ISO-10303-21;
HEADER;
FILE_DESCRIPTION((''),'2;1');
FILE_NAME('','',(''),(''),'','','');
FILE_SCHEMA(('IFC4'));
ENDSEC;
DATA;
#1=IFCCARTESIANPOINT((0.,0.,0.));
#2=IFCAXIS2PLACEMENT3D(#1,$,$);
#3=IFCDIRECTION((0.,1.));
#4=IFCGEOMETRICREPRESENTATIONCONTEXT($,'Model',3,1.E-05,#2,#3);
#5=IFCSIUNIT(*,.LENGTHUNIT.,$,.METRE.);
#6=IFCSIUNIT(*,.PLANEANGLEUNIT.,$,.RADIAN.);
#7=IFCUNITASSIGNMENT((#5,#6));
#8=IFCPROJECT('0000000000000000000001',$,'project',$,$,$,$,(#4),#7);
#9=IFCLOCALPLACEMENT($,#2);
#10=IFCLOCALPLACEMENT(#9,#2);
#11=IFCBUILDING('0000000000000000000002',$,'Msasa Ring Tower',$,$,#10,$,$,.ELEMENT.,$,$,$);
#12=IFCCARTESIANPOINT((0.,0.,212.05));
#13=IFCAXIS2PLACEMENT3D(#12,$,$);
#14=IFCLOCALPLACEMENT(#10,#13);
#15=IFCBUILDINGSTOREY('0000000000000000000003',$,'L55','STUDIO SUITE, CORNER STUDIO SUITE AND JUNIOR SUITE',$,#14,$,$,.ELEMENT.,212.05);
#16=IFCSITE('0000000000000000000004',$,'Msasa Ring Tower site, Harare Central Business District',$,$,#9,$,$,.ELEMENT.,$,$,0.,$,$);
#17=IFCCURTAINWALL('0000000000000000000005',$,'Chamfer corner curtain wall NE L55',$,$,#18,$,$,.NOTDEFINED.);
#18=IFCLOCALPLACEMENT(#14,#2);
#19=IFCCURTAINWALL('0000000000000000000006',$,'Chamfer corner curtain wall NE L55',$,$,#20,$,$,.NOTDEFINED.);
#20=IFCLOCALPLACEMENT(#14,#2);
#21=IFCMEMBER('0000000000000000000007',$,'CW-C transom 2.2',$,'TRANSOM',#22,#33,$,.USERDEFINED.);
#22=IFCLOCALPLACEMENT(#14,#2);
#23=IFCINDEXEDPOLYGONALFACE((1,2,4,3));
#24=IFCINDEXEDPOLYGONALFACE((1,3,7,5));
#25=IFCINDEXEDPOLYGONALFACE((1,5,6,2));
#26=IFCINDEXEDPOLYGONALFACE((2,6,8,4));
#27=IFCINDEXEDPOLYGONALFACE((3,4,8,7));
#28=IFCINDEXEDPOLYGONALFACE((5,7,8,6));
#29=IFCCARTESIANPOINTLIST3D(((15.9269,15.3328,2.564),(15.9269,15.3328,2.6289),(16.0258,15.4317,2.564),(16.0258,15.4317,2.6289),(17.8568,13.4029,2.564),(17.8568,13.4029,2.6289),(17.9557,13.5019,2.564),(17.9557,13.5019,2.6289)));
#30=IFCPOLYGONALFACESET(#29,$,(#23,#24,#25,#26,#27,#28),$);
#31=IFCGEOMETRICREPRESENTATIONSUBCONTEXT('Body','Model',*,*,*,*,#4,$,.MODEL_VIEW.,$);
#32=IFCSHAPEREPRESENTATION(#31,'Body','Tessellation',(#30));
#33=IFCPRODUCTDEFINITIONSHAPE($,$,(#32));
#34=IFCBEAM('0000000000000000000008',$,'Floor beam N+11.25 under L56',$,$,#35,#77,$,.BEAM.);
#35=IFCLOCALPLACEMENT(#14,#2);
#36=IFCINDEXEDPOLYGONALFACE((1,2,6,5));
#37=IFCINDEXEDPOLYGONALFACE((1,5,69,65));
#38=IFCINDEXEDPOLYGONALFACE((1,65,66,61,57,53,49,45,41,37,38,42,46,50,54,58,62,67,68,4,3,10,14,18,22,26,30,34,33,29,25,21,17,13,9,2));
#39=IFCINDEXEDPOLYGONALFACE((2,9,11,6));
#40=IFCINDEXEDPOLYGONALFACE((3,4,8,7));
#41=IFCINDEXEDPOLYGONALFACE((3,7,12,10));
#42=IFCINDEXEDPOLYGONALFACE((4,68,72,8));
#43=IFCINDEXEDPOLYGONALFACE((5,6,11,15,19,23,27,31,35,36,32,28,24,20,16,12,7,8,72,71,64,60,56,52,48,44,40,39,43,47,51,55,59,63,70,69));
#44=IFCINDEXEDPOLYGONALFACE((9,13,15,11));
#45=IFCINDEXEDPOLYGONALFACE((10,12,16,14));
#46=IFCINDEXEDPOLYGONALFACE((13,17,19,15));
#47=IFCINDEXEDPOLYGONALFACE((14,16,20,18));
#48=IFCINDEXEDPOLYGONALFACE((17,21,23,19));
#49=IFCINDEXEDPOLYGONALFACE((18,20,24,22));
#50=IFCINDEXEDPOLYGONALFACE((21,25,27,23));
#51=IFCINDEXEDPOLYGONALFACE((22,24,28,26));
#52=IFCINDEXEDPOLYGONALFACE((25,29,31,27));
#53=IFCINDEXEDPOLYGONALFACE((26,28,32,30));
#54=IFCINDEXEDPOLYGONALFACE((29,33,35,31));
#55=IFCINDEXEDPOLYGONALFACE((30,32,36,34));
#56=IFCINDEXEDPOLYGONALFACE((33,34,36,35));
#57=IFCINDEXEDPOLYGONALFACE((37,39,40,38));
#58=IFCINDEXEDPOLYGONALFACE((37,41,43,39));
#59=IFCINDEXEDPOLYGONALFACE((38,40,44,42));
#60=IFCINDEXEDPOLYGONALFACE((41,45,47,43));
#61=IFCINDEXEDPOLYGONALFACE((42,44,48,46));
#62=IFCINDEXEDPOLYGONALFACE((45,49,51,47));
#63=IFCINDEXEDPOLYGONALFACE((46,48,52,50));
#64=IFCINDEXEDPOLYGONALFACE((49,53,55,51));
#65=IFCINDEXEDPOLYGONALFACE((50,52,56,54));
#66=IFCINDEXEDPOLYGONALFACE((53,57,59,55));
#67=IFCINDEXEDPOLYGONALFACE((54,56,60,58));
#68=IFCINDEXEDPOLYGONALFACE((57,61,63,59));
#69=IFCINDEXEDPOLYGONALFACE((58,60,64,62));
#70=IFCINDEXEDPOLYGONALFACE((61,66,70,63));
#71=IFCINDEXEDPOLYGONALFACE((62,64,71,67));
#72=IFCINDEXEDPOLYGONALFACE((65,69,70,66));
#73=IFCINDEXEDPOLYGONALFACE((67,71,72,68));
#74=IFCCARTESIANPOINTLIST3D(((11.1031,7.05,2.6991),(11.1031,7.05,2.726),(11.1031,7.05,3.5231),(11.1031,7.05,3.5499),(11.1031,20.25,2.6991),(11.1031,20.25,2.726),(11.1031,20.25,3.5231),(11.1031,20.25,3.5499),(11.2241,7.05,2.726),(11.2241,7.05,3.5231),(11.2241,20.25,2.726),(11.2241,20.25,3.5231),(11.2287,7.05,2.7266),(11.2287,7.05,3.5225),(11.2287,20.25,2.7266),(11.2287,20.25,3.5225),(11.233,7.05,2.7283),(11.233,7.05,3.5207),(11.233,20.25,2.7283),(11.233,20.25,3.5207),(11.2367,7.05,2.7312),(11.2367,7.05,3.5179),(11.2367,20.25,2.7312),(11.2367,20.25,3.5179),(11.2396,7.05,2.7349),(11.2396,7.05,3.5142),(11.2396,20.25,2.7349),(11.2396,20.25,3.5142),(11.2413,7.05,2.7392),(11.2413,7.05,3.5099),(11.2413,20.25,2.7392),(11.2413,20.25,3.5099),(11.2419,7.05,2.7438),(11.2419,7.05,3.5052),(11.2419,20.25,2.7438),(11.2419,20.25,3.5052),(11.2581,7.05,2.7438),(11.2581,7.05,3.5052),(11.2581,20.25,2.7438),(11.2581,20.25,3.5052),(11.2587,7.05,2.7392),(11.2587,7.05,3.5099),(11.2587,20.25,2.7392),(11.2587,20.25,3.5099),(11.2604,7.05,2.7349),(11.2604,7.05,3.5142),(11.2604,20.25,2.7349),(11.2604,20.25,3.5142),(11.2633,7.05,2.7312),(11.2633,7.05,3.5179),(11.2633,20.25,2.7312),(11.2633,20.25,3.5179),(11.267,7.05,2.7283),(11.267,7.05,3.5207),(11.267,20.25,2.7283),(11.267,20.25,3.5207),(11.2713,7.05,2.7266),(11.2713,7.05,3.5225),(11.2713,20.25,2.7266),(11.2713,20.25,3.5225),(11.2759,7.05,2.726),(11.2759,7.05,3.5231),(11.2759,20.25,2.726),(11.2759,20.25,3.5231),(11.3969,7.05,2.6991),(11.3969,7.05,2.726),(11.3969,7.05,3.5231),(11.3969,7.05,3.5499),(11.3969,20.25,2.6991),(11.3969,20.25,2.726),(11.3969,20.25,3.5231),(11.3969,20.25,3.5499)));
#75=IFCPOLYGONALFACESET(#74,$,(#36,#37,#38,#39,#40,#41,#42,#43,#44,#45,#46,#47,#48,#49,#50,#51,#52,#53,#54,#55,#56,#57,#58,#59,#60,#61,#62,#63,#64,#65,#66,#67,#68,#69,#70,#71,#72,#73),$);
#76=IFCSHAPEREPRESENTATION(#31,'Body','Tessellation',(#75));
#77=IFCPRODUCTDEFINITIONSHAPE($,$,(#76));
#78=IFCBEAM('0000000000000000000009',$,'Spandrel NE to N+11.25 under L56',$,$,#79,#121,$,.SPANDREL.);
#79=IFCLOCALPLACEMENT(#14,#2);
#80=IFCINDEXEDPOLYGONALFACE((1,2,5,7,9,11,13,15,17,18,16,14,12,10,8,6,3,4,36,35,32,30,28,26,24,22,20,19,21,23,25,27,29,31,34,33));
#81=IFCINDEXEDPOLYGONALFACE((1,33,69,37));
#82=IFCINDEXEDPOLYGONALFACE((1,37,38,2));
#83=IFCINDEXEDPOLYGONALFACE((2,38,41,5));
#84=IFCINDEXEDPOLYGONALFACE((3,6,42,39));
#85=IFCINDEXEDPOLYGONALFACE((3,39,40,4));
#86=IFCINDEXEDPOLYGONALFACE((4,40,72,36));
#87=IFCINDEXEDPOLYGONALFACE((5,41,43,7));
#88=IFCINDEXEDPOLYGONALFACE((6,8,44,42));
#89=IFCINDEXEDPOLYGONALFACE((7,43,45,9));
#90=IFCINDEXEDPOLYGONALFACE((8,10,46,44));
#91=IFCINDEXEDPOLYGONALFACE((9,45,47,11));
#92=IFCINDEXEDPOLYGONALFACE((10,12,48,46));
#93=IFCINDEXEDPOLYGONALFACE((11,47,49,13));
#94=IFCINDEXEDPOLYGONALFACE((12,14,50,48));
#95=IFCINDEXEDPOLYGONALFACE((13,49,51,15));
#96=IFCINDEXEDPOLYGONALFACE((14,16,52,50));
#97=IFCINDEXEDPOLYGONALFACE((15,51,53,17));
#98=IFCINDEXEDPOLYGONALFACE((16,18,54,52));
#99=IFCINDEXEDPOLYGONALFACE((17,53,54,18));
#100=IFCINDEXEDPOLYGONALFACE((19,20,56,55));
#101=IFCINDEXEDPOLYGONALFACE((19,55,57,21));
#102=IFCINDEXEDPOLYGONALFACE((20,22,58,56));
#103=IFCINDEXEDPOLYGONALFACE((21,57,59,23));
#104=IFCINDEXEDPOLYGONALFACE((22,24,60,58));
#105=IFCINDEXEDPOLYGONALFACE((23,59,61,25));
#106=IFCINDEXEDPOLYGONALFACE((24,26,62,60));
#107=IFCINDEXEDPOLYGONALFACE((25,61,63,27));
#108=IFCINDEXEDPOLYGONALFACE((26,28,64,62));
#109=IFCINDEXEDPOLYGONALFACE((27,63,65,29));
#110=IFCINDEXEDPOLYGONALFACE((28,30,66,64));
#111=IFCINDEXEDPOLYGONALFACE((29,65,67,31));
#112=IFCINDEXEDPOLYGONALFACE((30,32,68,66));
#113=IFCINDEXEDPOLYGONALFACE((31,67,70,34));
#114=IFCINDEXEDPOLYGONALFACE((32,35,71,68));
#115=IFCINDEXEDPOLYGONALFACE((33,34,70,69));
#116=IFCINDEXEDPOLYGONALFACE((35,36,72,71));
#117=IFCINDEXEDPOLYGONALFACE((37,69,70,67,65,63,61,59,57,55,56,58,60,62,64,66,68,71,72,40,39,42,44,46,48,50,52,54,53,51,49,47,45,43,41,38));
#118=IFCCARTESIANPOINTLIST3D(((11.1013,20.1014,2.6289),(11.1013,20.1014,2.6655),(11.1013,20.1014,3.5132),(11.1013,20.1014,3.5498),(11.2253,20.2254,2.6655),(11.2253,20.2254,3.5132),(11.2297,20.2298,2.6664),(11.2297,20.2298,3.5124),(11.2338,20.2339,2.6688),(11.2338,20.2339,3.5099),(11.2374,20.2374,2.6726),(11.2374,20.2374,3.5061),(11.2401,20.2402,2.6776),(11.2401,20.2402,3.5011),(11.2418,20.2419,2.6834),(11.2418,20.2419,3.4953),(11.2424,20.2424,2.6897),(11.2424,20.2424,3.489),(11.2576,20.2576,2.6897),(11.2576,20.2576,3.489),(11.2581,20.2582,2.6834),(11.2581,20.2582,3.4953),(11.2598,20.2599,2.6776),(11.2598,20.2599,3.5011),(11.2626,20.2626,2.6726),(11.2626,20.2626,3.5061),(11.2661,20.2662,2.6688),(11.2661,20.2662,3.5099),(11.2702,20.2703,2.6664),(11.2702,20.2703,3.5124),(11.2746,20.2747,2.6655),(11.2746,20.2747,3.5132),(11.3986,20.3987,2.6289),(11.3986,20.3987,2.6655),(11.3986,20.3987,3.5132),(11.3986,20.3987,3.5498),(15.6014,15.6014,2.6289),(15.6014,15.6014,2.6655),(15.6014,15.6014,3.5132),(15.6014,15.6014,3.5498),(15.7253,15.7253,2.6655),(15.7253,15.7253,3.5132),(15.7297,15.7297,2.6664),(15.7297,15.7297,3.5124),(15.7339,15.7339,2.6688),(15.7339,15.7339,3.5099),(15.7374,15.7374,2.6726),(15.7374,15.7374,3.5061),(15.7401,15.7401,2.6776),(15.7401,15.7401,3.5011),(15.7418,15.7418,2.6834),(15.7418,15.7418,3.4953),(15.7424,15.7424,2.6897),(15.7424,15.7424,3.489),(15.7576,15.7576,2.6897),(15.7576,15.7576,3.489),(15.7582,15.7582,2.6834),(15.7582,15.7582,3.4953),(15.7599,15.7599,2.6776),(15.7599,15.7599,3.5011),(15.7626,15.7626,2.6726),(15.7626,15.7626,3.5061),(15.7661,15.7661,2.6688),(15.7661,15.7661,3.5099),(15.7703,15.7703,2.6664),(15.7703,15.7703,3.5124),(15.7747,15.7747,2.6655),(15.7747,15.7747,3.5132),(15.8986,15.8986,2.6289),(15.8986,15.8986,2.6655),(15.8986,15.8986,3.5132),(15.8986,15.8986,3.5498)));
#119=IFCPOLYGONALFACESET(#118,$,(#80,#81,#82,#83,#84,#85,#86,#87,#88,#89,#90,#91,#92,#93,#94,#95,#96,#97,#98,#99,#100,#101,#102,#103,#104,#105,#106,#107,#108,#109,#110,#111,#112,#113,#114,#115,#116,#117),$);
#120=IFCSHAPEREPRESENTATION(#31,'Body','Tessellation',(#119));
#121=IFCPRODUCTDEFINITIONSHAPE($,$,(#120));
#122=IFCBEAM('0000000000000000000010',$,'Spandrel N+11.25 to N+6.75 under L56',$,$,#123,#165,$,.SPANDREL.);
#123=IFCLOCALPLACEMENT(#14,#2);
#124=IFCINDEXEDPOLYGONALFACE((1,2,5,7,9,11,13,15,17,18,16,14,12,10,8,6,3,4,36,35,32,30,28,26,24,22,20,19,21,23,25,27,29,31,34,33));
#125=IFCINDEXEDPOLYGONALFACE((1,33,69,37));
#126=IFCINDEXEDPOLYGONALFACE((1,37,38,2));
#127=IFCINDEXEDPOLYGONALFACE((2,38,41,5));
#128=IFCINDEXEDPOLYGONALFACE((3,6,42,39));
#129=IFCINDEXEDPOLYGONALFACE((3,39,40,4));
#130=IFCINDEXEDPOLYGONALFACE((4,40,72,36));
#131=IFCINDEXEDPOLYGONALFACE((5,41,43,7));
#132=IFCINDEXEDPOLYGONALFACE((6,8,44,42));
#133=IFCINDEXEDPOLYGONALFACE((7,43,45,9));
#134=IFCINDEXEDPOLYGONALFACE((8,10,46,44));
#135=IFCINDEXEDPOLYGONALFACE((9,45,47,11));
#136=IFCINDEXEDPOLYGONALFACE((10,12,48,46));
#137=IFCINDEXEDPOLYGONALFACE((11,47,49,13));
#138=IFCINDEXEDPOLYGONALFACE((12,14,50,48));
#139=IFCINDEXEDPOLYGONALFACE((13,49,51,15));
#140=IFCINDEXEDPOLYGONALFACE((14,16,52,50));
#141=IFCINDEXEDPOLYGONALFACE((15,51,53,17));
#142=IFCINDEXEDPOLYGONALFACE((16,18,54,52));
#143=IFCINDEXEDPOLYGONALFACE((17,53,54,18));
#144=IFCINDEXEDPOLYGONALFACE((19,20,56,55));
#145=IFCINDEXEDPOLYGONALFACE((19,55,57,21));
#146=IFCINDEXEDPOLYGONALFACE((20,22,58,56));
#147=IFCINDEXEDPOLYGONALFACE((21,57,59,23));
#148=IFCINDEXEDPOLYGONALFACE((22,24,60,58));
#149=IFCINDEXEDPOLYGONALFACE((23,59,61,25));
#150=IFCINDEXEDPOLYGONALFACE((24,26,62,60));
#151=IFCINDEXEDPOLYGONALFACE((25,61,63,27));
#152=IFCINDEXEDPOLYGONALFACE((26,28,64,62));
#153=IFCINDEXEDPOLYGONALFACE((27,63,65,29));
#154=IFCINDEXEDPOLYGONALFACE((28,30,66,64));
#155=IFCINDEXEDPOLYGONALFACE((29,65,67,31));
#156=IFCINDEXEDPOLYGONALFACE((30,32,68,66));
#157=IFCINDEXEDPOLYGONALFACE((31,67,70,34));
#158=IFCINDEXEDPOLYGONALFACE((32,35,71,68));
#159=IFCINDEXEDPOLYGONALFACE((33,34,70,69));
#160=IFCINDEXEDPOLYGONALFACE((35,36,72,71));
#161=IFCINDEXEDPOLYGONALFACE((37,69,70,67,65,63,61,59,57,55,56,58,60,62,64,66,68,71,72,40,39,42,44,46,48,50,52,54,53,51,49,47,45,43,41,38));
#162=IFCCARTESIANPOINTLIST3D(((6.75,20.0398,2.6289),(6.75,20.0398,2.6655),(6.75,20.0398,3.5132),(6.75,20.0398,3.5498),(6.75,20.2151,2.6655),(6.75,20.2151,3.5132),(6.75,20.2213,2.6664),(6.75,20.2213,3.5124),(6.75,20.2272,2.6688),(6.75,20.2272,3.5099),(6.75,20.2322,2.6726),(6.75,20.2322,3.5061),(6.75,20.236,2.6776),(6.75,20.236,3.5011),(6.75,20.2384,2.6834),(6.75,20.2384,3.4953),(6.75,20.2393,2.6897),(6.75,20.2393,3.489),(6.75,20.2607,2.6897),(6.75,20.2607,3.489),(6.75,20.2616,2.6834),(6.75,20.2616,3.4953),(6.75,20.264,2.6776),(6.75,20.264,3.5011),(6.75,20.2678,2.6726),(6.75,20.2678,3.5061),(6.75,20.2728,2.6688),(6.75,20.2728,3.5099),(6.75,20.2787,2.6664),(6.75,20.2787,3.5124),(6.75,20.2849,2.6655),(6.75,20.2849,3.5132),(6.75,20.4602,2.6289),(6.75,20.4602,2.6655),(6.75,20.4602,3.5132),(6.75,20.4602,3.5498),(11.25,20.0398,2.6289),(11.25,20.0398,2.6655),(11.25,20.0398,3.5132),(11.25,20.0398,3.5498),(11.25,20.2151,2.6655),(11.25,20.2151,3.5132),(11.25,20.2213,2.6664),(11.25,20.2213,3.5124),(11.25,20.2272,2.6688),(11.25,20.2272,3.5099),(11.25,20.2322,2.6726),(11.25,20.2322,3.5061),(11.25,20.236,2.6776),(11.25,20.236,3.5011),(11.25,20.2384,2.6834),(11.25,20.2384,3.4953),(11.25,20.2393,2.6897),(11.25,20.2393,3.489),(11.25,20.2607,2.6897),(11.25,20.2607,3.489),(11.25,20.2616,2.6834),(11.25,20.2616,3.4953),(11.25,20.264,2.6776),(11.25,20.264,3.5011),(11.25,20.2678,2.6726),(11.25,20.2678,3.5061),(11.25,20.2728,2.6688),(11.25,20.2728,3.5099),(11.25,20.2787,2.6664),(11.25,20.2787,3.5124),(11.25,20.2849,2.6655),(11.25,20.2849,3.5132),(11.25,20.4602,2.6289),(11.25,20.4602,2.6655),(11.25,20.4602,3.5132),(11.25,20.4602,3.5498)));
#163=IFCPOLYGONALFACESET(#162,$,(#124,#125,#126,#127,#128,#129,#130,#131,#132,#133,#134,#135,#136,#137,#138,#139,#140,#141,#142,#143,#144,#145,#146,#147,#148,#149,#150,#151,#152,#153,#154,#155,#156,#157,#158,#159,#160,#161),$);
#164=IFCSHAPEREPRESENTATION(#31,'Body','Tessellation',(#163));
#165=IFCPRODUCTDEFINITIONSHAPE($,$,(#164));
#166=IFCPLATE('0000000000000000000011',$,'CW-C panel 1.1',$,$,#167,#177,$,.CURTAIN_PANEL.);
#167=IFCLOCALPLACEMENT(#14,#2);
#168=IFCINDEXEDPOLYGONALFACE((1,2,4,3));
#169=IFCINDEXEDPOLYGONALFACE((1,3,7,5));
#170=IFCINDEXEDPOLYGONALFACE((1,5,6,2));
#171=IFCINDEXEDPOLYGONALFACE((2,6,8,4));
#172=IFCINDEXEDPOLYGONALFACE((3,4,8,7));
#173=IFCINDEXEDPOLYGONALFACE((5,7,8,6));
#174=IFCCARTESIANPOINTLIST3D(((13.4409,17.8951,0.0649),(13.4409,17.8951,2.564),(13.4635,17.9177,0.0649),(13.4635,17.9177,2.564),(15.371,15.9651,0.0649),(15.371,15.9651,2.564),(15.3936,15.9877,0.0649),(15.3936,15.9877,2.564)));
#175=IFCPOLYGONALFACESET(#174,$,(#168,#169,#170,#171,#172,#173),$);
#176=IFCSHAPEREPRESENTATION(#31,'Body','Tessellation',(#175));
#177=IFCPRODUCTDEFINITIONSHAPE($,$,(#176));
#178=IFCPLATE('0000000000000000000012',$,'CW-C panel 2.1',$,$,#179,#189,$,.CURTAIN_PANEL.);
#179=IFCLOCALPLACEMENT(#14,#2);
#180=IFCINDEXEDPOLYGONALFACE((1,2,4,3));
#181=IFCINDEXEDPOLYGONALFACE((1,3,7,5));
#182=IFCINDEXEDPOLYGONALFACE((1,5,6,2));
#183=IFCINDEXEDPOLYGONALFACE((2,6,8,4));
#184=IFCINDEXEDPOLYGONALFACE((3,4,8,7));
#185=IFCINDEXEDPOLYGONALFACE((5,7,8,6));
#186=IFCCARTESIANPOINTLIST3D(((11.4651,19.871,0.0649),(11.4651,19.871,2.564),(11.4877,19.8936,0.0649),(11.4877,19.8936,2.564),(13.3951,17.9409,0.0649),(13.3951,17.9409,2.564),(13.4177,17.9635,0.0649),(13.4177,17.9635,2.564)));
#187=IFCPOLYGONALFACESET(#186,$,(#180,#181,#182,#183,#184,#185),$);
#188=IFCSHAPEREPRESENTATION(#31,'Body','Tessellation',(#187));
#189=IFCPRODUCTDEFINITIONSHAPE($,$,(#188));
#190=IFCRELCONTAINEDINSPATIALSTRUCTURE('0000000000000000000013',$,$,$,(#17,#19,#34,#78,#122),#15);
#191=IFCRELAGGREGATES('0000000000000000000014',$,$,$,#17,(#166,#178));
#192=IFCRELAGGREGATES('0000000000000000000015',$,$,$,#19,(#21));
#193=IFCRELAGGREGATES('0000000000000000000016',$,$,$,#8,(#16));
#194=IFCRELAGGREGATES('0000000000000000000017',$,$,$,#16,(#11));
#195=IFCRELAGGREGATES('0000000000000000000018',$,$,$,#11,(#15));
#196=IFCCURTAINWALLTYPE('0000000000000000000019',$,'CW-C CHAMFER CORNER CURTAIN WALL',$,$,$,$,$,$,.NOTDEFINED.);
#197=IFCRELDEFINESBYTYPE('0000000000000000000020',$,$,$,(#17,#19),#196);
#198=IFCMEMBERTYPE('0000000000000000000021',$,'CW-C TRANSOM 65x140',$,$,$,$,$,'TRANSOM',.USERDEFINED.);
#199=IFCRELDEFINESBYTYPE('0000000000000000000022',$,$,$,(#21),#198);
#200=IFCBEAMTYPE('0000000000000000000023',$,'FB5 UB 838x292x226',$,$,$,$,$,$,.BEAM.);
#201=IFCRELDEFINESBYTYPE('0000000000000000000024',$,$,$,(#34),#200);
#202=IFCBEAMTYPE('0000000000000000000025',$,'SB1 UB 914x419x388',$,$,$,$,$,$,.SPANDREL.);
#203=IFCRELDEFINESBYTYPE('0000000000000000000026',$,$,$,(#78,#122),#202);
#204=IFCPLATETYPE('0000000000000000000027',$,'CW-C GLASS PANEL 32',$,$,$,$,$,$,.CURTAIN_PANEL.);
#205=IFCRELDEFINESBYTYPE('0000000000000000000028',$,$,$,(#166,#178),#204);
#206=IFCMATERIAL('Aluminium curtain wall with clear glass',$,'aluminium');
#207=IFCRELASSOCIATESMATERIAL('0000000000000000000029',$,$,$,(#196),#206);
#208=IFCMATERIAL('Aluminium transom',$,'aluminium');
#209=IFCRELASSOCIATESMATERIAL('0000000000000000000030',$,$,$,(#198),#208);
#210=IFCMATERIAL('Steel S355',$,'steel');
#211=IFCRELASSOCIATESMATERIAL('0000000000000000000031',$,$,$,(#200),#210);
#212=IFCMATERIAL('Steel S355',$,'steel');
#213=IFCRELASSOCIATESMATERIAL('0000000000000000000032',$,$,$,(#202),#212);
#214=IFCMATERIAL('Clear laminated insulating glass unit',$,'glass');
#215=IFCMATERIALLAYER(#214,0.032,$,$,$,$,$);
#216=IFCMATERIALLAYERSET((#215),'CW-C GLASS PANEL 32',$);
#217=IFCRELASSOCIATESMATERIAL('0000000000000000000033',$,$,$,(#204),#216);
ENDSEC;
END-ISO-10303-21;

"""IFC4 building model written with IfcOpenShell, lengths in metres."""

from ifc_helpers import new_model, si_unit, direction, frame, origin, origin_2d, place, context, subcontext, project, spatial, rectangle, i_section, extrude, material, layer, layer_set, material_profile, profile_set, type_object, element, aggregate, save


model = new_model("IFC4")

# Units and contexts
model_context = context("Model", 3, precision=1e-05, world=origin(), true_north=direction((0.0, 1.0)))
body_context = subcontext(model_context, "Body", "Model", "MODEL_VIEW")
ifc_project = project(units=[si_unit("LENGTHUNIT", "METRE"), si_unit("PLANEANGLEUNIT", "RADIAN")], contexts=[model_context])

# Site, building, storey
site_placement = place(None, origin())
site = spatial("IfcSite", under=ifc_project, at=site_placement, Name="Msasa Ring Tower site, Harare Central Business District", CompositionType="ELEMENT", RefElevation=0.0)
building_placement = place(site_placement, origin())
building = spatial("IfcBuilding", under=site, at=building_placement, Name="Msasa Ring Tower", CompositionType="ELEMENT")
storey_placement = place(building_placement, frame((0.0, 0.0, 212.05)))
storey = spatial("IfcBuildingStorey", under=building, at=storey_placement, Name="L55", Description="STUDIO SUITE, CORNER STUDIO SUITE AND JUNIOR SUITE", CompositionType="ELEMENT", Elevation=212.05)

# Curtain walls
ifc_material_1 = material(Name="Aluminium curtain wall with clear glass", Category="aluminium")
curtain_wall_type = type_object("IfcCurtainWallType", Name="CW-C CHAMFER CORNER CURTAIN WALL", PredefinedType="NOTDEFINED", material=ifc_material_1)
curtain_wall_1_placement = place(storey_placement, origin())
curtain_wall_1 = element("IfcCurtainWall", 1, at=curtain_wall_1_placement, inside=storey, type_object=curtain_wall_type, Name="Chamfer corner curtain wall NE L55", PredefinedType="NOTDEFINED")
curtain_wall_2_placement = place(storey_placement, origin())
curtain_wall_2 = element("IfcCurtainWall", 2, at=curtain_wall_2_placement, inside=storey, type_object=curtain_wall_type, Name="Chamfer corner curtain wall NE L55", PredefinedType="NOTDEFINED")

# Member
ifc_material_2 = material(Name="Aluminium transom", Category="aluminium")
ifc_material_profile_1 = material_profile(ifc_material_2, rectangle(XDim=0.1399, YDim=0.0649, at=origin_2d()), Name="AL 65x140")
ifc_profile_set_1 = profile_set([ifc_material_profile_1], Name="Aluminium transom")
member_type_1 = type_object("IfcMemberType", Name="CW-C TRANSOM 65x140", ElementType="TRANSOM", PredefinedType="USERDEFINED", material=ifc_profile_set_1)
member_1_placement = place(storey_placement, frame((17.9062, 13.4524, 2.5964), z_axis=(-0.707107, 0.707107, 0.0), x_axis=(-0.707107, -0.707107, 0.0)))
member_1 = element("IfcMember", 3, at=member_1_placement, type_object=member_type_1, Name="CW-C transom 2.2", ObjectType="TRANSOM", PredefinedType="USERDEFINED", context=body_context, shape_type="SweptSolid", body=[
    extrude(rectangle(XDim=0.1399, YDim=0.0649, at=origin_2d()), origin(), (0.0, 0.0, 1.0), 2.7292),
])

# Beams
ifc_material_3 = material(Name="Steel S355", Category="steel")
ifc_material_profile_2 = material_profile(ifc_material_3, i_section(OverallWidth=0.2937, OverallDepth=0.8508, WebThickness=0.0161, FlangeThickness=0.0269, FilletRadius=0.0178, at=origin_2d()), Name="UB 838x292x226")
ifc_profile_set_2 = profile_set([ifc_material_profile_2], Name="Steel S355")
beam_type_1 = type_object("IfcBeamType", Name="FB5 UB 838x292x226", PredefinedType="BEAM", material=ifc_profile_set_2)
beam_1_placement = place(storey_placement, frame((11.25, 20.25, 3.1245), z_axis=(0.0, -1.0, 0.0), x_axis=(1.0, 0.0, 0.0)))
element("IfcBeam", 4, at=beam_1_placement, inside=storey, type_object=beam_type_1, Name="Floor beam N+11.25 under L56", PredefinedType="BEAM", context=body_context, shape_type="SweptSolid", body=[
    extrude(i_section(OverallWidth=0.2937, OverallDepth=0.8508, WebThickness=0.0161, FlangeThickness=0.0269, FilletRadius=0.0178, at=origin_2d()), origin(), (0.0, 0.0, 1.0), 13.2),
])
ifc_material_4 = material(Name="Steel S355", Category="steel")
ifc_material_profile_3 = material_profile(ifc_material_4, i_section(OverallWidth=0.4204, OverallDepth=0.9209, WebThickness=0.0215, FlangeThickness=0.0366, FilletRadius=0.0242, at=origin_2d()), Name="UB 914x419x388")
ifc_profile_set_3 = profile_set([ifc_material_profile_3], Name="Steel S355")
beam_type_2 = type_object("IfcBeamType", Name="SB1 UB 914x419x388", PredefinedType="SPANDREL", material=ifc_profile_set_3)
beam_2_placement = place(storey_placement, frame((15.75, 15.75, 3.0894), z_axis=(-0.707107, 0.707107, 0.0), x_axis=(-0.707107, -0.707107, 0.0)))
element("IfcBeam", 5, at=beam_2_placement, inside=storey, type_object=beam_type_2, Name="Spandrel NE to N+11.25 under L56", PredefinedType="SPANDREL", context=body_context, shape_type="SweptSolid", body=[
    extrude(i_section(OverallWidth=0.4204, OverallDepth=0.9209, WebThickness=0.0215, FlangeThickness=0.0366, FilletRadius=0.0242, at=origin_2d()), origin(), (0.0, 0.0, 1.0), 6.364),
])
beam_3_placement = place(storey_placement, frame((11.25, 20.25, 3.0894), z_axis=(-1.0, 0.0, 0.0), x_axis=(0.0, -1.0, 0.0)))
element("IfcBeam", 6, at=beam_3_placement, inside=storey, type_object=beam_type_2, Name="Spandrel N+11.25 to N+6.75 under L56", PredefinedType="SPANDREL", context=body_context, shape_type="SweptSolid", body=[
    extrude(i_section(OverallWidth=0.4204, OverallDepth=0.9209, WebThickness=0.0215, FlangeThickness=0.0366, FilletRadius=0.0242, at=origin_2d()), origin(), (0.0, 0.0, 1.0), 4.5),
])

# Plates
ifc_material_5 = material(Name="Clear laminated insulating glass unit", Category="glass")
ifc_layer_1 = layer(ifc_material_5, 0.032)
ifc_layer_set_1 = layer_set([ifc_layer_1], Name="CW-C GLASS PANEL 32")
plate_type = type_object("IfcPlateType", Name="CW-C GLASS PANEL 32", PredefinedType="CURTAIN_PANEL", material=ifc_layer_set_1)
plate_1_placement = place(storey_placement, frame((14.4172, 16.9414, 0.0649), z_axis=(0.0, 0.0, 1.0), x_axis=(-0.707107, 0.707107, 0.0)))
plate_1 = element("IfcPlate", 7, at=plate_1_placement, type_object=plate_type, Name="CW-C panel 1.1", PredefinedType="CURTAIN_PANEL", context=body_context, shape_type="SweptSolid", body=[
    extrude(rectangle(XDim=2.7295, YDim=0.032, at=origin_2d()), origin(), (0.0, 0.0, 1.0), 2.499),
])
plate_2_placement = place(storey_placement, frame((12.4414, 18.9172, 0.0649), z_axis=(0.0, 0.0, 1.0), x_axis=(-0.707107, 0.707107, 0.0)))
plate_2 = element("IfcPlate", 8, at=plate_2_placement, type_object=plate_type, Name="CW-C panel 2.1", PredefinedType="CURTAIN_PANEL", context=body_context, shape_type="SweptSolid", body=[
    extrude(rectangle(XDim=2.7295, YDim=0.032, at=origin_2d()), origin(), (0.0, 0.0, 1.0), 2.499),
])
aggregate(curtain_wall_1, [plate_1, plate_2])
aggregate(curtain_wall_2, [member_1])

save(model, "model.ifc")
